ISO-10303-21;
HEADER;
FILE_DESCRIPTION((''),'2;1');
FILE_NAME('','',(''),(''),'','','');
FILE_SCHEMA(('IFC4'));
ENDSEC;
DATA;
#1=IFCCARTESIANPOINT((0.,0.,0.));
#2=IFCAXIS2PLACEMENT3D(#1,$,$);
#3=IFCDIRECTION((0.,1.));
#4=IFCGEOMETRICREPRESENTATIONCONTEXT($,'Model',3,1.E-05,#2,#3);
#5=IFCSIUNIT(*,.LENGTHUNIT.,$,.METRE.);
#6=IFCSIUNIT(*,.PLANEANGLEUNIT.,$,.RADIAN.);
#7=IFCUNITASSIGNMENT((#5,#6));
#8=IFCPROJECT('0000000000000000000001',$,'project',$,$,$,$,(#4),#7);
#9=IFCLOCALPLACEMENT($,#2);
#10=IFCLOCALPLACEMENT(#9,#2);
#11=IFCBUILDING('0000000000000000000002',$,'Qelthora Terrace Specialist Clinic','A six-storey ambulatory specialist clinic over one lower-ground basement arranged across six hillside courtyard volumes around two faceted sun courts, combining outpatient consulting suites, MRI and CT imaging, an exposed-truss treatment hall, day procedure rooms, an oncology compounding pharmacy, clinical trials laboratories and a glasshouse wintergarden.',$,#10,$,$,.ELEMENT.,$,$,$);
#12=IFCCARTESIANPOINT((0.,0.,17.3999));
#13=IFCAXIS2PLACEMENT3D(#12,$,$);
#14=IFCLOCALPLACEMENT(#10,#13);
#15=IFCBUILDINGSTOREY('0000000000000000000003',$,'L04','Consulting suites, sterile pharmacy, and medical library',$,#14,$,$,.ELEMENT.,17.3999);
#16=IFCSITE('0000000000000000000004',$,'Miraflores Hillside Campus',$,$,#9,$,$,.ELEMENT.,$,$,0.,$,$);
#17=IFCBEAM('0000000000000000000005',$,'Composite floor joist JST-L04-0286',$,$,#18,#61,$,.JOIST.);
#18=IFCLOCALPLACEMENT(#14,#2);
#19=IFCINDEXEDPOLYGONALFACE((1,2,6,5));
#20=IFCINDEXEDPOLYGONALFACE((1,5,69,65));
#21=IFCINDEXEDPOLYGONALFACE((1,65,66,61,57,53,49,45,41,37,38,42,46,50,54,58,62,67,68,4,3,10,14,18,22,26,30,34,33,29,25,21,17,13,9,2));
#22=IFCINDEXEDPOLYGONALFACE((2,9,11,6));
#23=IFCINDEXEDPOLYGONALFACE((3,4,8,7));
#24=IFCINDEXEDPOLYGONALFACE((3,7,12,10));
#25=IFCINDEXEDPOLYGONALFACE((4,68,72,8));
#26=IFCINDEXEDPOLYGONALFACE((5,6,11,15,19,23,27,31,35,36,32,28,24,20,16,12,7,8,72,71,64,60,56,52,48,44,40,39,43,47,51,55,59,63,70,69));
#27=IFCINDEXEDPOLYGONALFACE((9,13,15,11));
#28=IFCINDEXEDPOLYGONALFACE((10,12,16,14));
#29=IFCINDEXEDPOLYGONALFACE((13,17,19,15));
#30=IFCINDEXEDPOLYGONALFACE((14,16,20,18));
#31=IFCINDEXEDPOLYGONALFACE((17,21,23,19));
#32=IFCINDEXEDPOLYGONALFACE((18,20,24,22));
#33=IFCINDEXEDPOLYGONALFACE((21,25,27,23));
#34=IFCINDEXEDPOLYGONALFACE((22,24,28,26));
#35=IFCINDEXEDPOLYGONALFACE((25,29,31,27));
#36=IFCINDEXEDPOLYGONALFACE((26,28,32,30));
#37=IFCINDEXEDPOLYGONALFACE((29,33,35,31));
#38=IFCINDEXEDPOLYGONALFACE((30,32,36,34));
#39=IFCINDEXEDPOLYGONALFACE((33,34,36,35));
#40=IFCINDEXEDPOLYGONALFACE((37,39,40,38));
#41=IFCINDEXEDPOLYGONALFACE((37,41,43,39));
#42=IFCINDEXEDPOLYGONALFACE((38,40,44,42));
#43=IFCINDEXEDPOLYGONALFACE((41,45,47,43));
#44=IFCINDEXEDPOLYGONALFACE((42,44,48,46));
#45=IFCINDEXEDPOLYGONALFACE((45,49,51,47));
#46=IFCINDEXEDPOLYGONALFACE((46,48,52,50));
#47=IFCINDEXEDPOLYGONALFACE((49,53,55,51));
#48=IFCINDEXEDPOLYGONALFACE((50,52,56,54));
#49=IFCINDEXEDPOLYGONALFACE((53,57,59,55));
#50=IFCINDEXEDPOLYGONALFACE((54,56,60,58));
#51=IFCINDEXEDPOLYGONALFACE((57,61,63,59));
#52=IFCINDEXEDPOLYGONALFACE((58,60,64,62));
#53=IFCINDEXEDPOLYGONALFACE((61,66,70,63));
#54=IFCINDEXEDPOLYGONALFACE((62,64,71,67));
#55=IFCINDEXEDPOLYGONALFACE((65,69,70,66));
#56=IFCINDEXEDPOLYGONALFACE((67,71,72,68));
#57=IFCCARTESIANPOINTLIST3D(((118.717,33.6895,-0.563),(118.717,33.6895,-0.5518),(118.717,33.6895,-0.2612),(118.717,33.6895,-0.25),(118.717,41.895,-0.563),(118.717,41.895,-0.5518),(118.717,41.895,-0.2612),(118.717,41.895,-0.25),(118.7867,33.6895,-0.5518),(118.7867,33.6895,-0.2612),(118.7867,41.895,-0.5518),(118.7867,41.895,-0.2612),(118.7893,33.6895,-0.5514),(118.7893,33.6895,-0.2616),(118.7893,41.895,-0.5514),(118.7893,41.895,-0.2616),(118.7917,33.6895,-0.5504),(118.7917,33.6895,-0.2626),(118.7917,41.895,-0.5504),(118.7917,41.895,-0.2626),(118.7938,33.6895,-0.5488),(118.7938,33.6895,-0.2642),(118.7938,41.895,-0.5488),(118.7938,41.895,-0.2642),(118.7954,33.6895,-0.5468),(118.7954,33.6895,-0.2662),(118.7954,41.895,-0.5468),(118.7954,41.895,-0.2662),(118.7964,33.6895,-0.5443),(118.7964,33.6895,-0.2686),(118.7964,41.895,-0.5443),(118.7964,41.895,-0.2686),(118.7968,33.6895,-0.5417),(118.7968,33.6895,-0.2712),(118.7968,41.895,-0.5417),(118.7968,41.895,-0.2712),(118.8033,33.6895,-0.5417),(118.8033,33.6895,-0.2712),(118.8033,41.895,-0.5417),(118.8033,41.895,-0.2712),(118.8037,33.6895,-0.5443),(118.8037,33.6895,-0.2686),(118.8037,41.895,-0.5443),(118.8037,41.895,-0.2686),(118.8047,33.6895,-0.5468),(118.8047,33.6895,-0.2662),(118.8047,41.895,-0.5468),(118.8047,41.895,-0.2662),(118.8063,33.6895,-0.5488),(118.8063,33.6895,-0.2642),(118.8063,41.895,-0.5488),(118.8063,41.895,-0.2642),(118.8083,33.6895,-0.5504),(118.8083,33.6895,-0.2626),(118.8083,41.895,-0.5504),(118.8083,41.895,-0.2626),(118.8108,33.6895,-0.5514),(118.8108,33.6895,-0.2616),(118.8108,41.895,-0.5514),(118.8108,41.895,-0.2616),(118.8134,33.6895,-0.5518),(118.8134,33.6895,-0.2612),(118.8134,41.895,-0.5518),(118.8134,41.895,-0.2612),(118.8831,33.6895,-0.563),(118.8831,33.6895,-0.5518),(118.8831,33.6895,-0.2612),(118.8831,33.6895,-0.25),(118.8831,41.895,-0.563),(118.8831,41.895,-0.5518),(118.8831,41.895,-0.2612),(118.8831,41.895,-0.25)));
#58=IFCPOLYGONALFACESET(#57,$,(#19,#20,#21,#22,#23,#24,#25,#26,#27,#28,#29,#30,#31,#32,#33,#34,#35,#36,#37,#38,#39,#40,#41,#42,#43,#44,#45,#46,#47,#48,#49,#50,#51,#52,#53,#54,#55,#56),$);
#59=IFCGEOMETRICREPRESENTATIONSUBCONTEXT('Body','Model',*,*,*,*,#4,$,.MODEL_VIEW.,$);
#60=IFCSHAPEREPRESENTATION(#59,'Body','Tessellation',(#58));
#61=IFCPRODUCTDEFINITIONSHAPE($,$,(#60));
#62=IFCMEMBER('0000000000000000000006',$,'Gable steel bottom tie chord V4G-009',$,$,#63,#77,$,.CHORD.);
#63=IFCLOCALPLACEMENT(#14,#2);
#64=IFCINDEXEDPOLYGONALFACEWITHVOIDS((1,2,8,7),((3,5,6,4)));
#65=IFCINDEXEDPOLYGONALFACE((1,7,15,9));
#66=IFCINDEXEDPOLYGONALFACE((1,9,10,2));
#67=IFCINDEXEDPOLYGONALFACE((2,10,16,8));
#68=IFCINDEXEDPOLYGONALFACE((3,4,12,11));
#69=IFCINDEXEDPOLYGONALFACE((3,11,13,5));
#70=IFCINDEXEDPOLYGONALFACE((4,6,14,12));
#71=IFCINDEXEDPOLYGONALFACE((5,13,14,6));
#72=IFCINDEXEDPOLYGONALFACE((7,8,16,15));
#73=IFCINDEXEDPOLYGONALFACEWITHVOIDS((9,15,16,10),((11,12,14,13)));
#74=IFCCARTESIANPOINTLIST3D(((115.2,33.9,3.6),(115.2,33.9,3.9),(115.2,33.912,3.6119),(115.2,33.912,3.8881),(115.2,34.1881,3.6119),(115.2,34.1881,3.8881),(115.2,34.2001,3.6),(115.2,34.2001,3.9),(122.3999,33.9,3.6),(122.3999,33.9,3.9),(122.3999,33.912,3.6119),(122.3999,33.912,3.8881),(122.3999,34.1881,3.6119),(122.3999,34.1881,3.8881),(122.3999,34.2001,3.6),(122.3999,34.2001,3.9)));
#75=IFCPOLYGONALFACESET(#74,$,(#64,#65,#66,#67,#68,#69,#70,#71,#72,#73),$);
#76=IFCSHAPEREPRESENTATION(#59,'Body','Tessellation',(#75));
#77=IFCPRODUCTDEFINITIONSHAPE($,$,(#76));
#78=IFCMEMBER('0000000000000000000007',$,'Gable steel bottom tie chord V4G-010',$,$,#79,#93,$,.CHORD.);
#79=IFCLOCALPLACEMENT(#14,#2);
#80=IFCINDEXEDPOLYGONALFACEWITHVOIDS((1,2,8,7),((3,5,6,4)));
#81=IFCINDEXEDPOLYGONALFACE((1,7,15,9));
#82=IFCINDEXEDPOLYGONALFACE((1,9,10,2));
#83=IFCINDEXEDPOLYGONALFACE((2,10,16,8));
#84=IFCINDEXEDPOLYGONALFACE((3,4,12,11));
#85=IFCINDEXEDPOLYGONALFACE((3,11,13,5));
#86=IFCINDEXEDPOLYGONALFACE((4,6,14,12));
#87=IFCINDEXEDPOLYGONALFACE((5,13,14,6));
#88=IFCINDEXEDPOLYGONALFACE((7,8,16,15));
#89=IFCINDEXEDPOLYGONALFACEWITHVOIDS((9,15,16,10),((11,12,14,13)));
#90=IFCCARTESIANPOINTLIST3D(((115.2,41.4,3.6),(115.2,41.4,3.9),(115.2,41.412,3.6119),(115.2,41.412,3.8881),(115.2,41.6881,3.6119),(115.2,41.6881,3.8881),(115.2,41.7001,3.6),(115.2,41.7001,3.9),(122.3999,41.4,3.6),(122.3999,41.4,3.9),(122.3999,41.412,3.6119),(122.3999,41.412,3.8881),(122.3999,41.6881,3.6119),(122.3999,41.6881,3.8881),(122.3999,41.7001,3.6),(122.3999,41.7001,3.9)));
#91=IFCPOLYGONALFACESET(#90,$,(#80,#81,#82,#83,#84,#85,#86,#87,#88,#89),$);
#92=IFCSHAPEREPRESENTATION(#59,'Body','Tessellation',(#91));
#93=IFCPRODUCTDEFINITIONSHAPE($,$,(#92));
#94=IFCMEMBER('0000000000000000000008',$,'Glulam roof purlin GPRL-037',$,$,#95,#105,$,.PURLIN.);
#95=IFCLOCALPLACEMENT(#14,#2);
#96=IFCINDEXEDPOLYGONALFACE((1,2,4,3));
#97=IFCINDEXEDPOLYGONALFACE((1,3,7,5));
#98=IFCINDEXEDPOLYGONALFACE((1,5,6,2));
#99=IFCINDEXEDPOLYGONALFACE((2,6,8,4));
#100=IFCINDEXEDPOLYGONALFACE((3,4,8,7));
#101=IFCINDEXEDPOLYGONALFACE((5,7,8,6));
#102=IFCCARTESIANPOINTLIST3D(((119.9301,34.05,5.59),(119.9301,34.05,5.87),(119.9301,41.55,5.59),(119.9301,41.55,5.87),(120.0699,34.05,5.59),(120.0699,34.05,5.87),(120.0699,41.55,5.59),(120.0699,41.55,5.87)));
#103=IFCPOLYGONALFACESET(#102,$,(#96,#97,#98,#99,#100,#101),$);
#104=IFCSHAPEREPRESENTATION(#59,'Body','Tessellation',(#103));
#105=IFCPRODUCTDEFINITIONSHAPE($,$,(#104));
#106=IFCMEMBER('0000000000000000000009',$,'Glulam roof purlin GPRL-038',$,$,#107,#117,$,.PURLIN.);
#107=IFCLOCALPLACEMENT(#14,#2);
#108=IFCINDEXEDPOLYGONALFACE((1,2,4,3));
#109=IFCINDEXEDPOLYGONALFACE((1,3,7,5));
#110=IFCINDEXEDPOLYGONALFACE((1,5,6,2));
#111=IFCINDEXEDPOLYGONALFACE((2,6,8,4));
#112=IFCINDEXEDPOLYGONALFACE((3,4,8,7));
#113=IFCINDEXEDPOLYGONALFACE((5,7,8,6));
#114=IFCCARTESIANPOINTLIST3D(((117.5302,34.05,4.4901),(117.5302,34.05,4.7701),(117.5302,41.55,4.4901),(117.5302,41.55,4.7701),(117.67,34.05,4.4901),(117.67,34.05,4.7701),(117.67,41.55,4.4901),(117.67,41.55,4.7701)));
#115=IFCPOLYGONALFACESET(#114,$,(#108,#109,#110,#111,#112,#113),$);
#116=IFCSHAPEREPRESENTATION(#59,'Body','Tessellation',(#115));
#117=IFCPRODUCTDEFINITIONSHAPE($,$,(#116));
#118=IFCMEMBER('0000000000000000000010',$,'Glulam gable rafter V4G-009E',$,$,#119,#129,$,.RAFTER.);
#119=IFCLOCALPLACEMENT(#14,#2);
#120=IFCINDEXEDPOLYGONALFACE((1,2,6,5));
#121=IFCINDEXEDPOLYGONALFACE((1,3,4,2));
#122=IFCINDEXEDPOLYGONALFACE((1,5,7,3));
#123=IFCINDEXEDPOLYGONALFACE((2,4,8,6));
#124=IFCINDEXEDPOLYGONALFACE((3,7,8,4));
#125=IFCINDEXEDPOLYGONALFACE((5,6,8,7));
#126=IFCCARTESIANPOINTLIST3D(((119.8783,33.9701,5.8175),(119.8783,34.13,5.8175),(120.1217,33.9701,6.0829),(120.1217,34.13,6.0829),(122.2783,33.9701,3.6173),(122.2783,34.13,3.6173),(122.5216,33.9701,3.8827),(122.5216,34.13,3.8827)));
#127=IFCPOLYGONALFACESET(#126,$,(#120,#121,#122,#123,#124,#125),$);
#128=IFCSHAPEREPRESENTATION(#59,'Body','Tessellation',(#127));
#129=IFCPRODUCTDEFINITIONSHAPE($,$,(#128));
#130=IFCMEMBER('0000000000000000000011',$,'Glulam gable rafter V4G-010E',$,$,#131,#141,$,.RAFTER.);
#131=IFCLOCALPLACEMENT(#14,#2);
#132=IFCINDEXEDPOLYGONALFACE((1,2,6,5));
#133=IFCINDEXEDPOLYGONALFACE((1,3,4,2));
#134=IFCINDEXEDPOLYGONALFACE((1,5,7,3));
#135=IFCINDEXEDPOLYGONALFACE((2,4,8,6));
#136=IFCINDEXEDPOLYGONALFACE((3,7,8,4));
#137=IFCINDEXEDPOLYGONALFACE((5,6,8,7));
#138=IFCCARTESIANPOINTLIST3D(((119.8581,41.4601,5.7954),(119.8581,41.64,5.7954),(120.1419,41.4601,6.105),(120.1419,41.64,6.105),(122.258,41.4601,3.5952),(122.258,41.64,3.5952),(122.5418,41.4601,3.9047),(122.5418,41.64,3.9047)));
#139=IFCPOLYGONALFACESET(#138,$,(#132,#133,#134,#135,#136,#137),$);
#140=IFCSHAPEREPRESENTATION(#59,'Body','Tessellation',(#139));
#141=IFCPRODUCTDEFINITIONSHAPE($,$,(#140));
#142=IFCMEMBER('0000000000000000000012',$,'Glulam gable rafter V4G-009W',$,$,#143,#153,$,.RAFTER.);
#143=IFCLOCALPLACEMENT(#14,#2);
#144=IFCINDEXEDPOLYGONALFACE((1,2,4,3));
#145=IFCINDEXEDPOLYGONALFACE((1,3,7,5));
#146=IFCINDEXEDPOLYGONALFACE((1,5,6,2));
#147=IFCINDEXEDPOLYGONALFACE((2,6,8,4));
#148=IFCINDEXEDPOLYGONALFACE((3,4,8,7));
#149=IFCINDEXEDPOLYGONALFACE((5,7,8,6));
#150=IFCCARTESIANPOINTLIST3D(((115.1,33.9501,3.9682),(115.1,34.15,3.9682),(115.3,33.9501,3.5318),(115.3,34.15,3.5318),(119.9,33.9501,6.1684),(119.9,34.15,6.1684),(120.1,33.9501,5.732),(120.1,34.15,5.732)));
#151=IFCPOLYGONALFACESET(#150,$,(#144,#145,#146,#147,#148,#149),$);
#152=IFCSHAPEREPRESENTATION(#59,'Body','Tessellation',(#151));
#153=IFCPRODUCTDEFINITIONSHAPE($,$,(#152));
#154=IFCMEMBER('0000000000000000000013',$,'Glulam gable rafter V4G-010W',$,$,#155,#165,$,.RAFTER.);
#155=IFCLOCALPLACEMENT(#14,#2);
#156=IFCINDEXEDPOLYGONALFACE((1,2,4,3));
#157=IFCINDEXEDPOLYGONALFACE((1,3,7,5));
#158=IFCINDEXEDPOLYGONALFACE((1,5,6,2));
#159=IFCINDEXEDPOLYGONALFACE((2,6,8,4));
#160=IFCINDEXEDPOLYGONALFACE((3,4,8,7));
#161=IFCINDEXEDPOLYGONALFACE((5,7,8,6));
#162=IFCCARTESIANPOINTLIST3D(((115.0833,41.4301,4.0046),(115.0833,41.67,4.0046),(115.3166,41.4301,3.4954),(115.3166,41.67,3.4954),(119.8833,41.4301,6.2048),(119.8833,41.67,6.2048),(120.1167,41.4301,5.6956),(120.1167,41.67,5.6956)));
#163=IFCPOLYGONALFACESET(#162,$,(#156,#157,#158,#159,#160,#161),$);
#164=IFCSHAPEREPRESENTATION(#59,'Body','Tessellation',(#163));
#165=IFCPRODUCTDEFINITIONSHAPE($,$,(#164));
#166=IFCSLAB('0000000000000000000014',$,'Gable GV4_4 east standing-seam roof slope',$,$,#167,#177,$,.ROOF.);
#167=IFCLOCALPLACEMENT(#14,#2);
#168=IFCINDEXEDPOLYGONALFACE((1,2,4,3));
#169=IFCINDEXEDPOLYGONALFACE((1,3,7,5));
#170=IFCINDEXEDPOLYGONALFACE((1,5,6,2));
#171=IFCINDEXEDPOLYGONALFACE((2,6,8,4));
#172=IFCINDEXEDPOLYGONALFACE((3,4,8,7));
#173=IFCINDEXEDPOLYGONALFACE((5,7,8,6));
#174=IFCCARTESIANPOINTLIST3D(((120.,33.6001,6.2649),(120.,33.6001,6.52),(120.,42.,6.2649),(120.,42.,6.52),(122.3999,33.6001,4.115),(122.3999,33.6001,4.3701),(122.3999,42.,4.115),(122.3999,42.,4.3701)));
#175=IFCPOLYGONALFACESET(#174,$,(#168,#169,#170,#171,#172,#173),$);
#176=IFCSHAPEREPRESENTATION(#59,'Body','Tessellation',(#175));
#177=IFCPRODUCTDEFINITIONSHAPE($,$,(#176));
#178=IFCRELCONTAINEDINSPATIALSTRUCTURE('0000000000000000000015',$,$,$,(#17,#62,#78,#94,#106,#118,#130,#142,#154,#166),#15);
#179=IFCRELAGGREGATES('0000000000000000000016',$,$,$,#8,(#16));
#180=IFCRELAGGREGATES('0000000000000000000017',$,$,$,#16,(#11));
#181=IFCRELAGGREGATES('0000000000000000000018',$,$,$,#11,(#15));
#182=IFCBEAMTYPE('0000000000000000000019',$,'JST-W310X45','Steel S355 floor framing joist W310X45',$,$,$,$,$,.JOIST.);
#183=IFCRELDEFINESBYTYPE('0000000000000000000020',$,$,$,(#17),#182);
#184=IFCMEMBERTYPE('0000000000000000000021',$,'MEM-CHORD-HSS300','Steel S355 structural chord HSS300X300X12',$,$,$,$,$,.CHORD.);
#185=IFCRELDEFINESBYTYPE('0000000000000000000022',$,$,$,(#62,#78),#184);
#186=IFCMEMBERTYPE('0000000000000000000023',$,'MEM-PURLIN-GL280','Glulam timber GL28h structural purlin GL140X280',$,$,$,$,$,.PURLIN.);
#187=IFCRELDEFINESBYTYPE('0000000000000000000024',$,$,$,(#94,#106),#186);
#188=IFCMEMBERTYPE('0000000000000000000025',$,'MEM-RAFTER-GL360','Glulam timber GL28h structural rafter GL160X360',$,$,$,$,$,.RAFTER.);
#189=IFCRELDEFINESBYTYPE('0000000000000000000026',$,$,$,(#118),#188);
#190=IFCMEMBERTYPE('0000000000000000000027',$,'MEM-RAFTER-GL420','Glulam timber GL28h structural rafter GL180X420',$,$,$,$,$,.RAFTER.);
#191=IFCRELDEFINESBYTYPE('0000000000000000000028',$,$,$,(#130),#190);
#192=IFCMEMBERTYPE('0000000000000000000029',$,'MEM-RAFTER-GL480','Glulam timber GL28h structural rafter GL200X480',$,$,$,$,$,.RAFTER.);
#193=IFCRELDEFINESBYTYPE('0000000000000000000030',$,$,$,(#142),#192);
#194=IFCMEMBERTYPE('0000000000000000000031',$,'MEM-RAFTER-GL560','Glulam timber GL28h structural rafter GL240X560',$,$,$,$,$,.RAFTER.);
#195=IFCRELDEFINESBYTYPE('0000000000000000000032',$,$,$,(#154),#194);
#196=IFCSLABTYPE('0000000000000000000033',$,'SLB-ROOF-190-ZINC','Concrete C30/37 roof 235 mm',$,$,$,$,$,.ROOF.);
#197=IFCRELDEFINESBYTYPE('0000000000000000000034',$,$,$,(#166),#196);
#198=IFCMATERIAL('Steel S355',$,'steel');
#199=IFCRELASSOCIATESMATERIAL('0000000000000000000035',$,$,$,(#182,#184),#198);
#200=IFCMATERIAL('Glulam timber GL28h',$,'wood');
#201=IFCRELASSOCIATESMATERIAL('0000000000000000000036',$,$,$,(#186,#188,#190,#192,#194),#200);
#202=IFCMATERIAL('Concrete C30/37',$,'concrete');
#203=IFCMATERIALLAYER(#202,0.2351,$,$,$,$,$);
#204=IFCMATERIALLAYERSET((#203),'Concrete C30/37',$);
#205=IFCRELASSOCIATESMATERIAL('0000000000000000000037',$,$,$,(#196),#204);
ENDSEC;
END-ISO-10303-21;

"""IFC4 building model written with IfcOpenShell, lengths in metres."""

from ifc_helpers import new_model, si_unit, direction, frame, origin, origin_2d, place, context, subcontext, project, spatial, polyline, rectangle, hollow_rectangle, i_section, outline, extrude, material, layer, layer_set, material_profile, profile_set, type_object, element, save


model = new_model("IFC4")

# Units and contexts
model_context = context("Model", 3, precision=1e-05, world=origin(), true_north=direction((0.0, 1.0)))
body_context = subcontext(model_context, "Body", "Model", "MODEL_VIEW")
ifc_project = project(units=[si_unit("LENGTHUNIT", "METRE"), si_unit("PLANEANGLEUNIT", "RADIAN")], contexts=[model_context])

# Site, building, storey
site_placement = place(None, origin())
site = spatial("IfcSite", under=ifc_project, at=site_placement, Name="Miraflores Hillside Campus", CompositionType="ELEMENT", RefElevation=0.0)
building_placement = place(site_placement, origin())
building = spatial("IfcBuilding", under=site, at=building_placement, Name="Qelthora Terrace Specialist Clinic", Description="A six-storey ambulatory specialist clinic over one lower-ground basement arranged across six hillside courtyard volumes around two faceted sun courts, combining outpatient consulting suites, MRI and CT imaging, an exposed-truss treatment hall, day procedure rooms, an oncology compounding pharmacy, clinical trials laboratories and a glasshouse wintergarden.", CompositionType="ELEMENT")
storey_placement = place(building_placement, frame((0.0, 0.0, 17.3999)))
storey = spatial("IfcBuildingStorey", under=building, at=storey_placement, Name="L04", Description="Consulting suites, sterile pharmacy, and medical library", CompositionType="ELEMENT", Elevation=17.3999)

# Beam
ifc_material_1 = material(Name="Steel S355", Category="steel")
ifc_material_profile_1 = material_profile(ifc_material_1, i_section(OverallWidth=0.166, OverallDepth=0.313, WebThickness=0.0066, FlangeThickness=0.0112, FilletRadius=0.01, at=origin_2d()), Name="W310X45")
ifc_profile_set_1 = profile_set([ifc_material_profile_1], Name="Steel S355")
beam_type = type_object("IfcBeamType", Name="JST-W310X45", Description="Steel S355 floor framing joist W310X45", PredefinedType="JOIST", material=ifc_profile_set_1)
beam_placement = place(storey_placement, frame((118.8, 33.6895, -0.4065), z_axis=(0.0, 1.0, 0.0), x_axis=(-1.0, 0.0, 0.0)))
element("IfcBeam", 1, at=beam_placement, inside=storey, type_object=beam_type, Name="Composite floor joist JST-L04-0286", PredefinedType="JOIST", context=body_context, shape_type="SweptSolid", body=[
    extrude(i_section(OverallWidth=0.166, OverallDepth=0.313, WebThickness=0.0066, FlangeThickness=0.0112, FilletRadius=0.01, at=origin_2d()), origin(), (0.0, 0.0, 1.0), 8.2056),
])

# Members
ifc_material_profile_2 = material_profile(ifc_material_1, hollow_rectangle(XDim=0.3, YDim=0.3, WallThickness=0.012, at=origin_2d()), Name="HSS300X300X12")
ifc_profile_set_2 = profile_set([ifc_material_profile_2], Name="Steel S355")
member_type_1 = type_object("IfcMemberType", Name="MEM-CHORD-HSS300", Description="Steel S355 structural chord HSS300X300X12", PredefinedType="CHORD", material=ifc_profile_set_2)
for number, where, z_axis, x_axis, name in (
    (2, (115.2, 34.05, 3.75), (1.0, 0.0, 0.0), (0.0, 1.0, 0.0), "Gable steel bottom tie chord V4G-009"),
    (3, (115.2, 41.55, 3.75), (1.0, 0.0, 0.0), (0.0, 1.0, 0.0), "Gable steel bottom tie chord V4G-010"),
):
    element("IfcMember", number, at=place(storey_placement, frame(where, z_axis=z_axis, x_axis=x_axis)), inside=storey, type_object=member_type_1, Name=name, PredefinedType="CHORD", context=body_context, shape_type="SweptSolid", body=[
        extrude(hollow_rectangle(XDim=0.3, YDim=0.3, WallThickness=0.012, at=origin_2d()), origin(), (0.0, 0.0, 1.0), 7.2),
    ])
ifc_material_2 = material(Name="Glulam timber GL28h", Category="wood")
ifc_material_profile_3 = material_profile(ifc_material_2, rectangle(XDim=0.1399, YDim=0.28, at=origin_2d()), Name="GL140X280")
ifc_profile_set_3 = profile_set([ifc_material_profile_3], Name="Glulam timber GL28h")
member_type_2 = type_object("IfcMemberType", Name="MEM-PURLIN-GL280", Description="Glulam timber GL28h structural purlin GL140X280", PredefinedType="PURLIN", material=ifc_profile_set_3)
for number, where, z_axis, x_axis, name in (
    (4, (120.0, 34.05, 5.73), (0.0, 1.0, 0.0), (-1.0, 0.0, 0.0), "Glulam roof purlin GPRL-037"),
    (5, (117.6001, 34.05, 4.6301), (0.0, 1.0, 0.0), (-1.0, 0.0, 0.0), "Glulam roof purlin GPRL-038"),
):
    element("IfcMember", number, at=place(storey_placement, frame(where, z_axis=z_axis, x_axis=x_axis)), inside=storey, type_object=member_type_2, Name=name, PredefinedType="PURLIN", context=body_context, shape_type="SweptSolid", body=[
        extrude(rectangle(XDim=0.1399, YDim=0.28, at=origin_2d()), origin(), (0.0, 0.0, 1.0), 7.5),
    ])
ifc_material_profile_4 = material_profile(ifc_material_2, rectangle(XDim=0.1599, YDim=0.3601, at=origin_2d()), Name="GL160X360")
ifc_profile_set_4 = profile_set([ifc_material_profile_4], Name="Glulam timber GL28h")
member_type_3 = type_object("IfcMemberType", Name="MEM-RAFTER-GL360", Description="Glulam timber GL28h structural rafter GL160X360", PredefinedType="RAFTER", material=ifc_profile_set_4)
member_1_placement = place(storey_placement, frame((120.0, 34.05, 5.9502), z_axis=(0.737111, 0.0, -0.675772), x_axis=(0.0, 1.0, 0.0)))
element("IfcMember", 6, at=member_1_placement, inside=storey, type_object=member_type_3, Name="Glulam gable rafter V4G-009E", PredefinedType="RAFTER", context=body_context, shape_type="SweptSolid", body=[
    extrude(rectangle(XDim=0.1599, YDim=0.3601, at=origin_2d()), origin(), (0.0, 0.0, 1.0), 3.2559),
])
ifc_material_profile_5 = material_profile(ifc_material_2, rectangle(XDim=0.1799, YDim=0.4199, at=origin_2d()), Name="GL180X420")
ifc_profile_set_5 = profile_set([ifc_material_profile_5], Name="Glulam timber GL28h")
member_type_4 = type_object("IfcMemberType", Name="MEM-RAFTER-GL420", Description="Glulam timber GL28h structural rafter GL180X420", PredefinedType="RAFTER", material=ifc_profile_set_5)
member_2_placement = place(storey_placement, frame((120.0, 41.55, 5.9502), z_axis=(0.737111, 0.0, -0.675772), x_axis=(0.0, 1.0, 0.0)))
element("IfcMember", 7, at=member_2_placement, inside=storey, type_object=member_type_4, Name="Glulam gable rafter V4G-010E", PredefinedType="RAFTER", context=body_context, shape_type="SweptSolid", body=[
    extrude(rectangle(XDim=0.1799, YDim=0.4199, at=origin_2d()), origin(), (0.0, 0.0, 1.0), 3.2559),
])
ifc_material_profile_6 = material_profile(ifc_material_2, rectangle(XDim=0.2, YDim=0.48, at=origin_2d()), Name="GL200X480")
ifc_profile_set_6 = profile_set([ifc_material_profile_6], Name="Glulam timber GL28h")
member_type_5 = type_object("IfcMemberType", Name="MEM-RAFTER-GL480", Description="Glulam timber GL28h structural rafter GL200X480", PredefinedType="RAFTER", material=ifc_profile_set_6)
member_3_placement = place(storey_placement, frame((115.2, 34.05, 3.75), z_axis=(0.909052, 0.0, 0.416682), x_axis=(0.0, 1.0, 0.0)))
element("IfcMember", 8, at=member_3_placement, inside=storey, type_object=member_type_5, Name="Glulam gable rafter V4G-009W", PredefinedType="RAFTER", context=body_context, shape_type="SweptSolid", body=[
    extrude(rectangle(XDim=0.2, YDim=0.48, at=origin_2d()), origin(), (0.0, 0.0, 1.0), 5.2803),
])
ifc_material_profile_7 = material_profile(ifc_material_2, rectangle(XDim=0.24, YDim=0.5601, at=origin_2d()), Name="GL240X560")
ifc_profile_set_7 = profile_set([ifc_material_profile_7], Name="Glulam timber GL28h")
member_type_6 = type_object("IfcMemberType", Name="MEM-RAFTER-GL560", Description="Glulam timber GL28h structural rafter GL240X560", PredefinedType="RAFTER", material=ifc_profile_set_7)
member_4_placement = place(storey_placement, frame((115.2, 41.55, 3.75), z_axis=(0.909052, 0.0, 0.416682), x_axis=(0.0, 1.0, 0.0)))
element("IfcMember", 9, at=member_4_placement, inside=storey, type_object=member_type_6, Name="Glulam gable rafter V4G-010W", PredefinedType="RAFTER", context=body_context, shape_type="SweptSolid", body=[
    extrude(rectangle(XDim=0.24, YDim=0.5601, at=origin_2d()), origin(), (0.0, 0.0, 1.0), 5.2803),
])

# Slab
ifc_material_3 = material(Name="Concrete C30/37", Category="concrete")
ifc_layer_1 = layer(ifc_material_3, 0.2351)
ifc_layer_set_1 = layer_set([ifc_layer_1], Name="Concrete C30/37")
slab_type = type_object("IfcSlabType", Name="SLB-ROOF-190-ZINC", Description="Concrete C30/37 roof 235 mm", PredefinedType="ROOF", material=ifc_layer_set_1)
slab_placement = place(storey_placement, frame((120.0, 33.6001, 6.2649), z_axis=(0.667247, 0.0, 0.744837), x_axis=(0.744837, 0.0, -0.667247)))
element("IfcSlab", 10, at=slab_placement, inside=storey, type_object=slab_type, Name="Gable GV4_4 east standing-seam roof slope", PredefinedType="ROOF", context=body_context, shape_type="SweptSolid", body=[
    extrude(outline(polyline([(0.0, 0.0), (3.2221, 0.0), (3.2221, 8.3999), (0.0, 8.3999), (0.0, 0.0)])), origin(), (-0.667247, 0.0, 0.744837), 0.2551),
])

save(model, "model.ifc")
